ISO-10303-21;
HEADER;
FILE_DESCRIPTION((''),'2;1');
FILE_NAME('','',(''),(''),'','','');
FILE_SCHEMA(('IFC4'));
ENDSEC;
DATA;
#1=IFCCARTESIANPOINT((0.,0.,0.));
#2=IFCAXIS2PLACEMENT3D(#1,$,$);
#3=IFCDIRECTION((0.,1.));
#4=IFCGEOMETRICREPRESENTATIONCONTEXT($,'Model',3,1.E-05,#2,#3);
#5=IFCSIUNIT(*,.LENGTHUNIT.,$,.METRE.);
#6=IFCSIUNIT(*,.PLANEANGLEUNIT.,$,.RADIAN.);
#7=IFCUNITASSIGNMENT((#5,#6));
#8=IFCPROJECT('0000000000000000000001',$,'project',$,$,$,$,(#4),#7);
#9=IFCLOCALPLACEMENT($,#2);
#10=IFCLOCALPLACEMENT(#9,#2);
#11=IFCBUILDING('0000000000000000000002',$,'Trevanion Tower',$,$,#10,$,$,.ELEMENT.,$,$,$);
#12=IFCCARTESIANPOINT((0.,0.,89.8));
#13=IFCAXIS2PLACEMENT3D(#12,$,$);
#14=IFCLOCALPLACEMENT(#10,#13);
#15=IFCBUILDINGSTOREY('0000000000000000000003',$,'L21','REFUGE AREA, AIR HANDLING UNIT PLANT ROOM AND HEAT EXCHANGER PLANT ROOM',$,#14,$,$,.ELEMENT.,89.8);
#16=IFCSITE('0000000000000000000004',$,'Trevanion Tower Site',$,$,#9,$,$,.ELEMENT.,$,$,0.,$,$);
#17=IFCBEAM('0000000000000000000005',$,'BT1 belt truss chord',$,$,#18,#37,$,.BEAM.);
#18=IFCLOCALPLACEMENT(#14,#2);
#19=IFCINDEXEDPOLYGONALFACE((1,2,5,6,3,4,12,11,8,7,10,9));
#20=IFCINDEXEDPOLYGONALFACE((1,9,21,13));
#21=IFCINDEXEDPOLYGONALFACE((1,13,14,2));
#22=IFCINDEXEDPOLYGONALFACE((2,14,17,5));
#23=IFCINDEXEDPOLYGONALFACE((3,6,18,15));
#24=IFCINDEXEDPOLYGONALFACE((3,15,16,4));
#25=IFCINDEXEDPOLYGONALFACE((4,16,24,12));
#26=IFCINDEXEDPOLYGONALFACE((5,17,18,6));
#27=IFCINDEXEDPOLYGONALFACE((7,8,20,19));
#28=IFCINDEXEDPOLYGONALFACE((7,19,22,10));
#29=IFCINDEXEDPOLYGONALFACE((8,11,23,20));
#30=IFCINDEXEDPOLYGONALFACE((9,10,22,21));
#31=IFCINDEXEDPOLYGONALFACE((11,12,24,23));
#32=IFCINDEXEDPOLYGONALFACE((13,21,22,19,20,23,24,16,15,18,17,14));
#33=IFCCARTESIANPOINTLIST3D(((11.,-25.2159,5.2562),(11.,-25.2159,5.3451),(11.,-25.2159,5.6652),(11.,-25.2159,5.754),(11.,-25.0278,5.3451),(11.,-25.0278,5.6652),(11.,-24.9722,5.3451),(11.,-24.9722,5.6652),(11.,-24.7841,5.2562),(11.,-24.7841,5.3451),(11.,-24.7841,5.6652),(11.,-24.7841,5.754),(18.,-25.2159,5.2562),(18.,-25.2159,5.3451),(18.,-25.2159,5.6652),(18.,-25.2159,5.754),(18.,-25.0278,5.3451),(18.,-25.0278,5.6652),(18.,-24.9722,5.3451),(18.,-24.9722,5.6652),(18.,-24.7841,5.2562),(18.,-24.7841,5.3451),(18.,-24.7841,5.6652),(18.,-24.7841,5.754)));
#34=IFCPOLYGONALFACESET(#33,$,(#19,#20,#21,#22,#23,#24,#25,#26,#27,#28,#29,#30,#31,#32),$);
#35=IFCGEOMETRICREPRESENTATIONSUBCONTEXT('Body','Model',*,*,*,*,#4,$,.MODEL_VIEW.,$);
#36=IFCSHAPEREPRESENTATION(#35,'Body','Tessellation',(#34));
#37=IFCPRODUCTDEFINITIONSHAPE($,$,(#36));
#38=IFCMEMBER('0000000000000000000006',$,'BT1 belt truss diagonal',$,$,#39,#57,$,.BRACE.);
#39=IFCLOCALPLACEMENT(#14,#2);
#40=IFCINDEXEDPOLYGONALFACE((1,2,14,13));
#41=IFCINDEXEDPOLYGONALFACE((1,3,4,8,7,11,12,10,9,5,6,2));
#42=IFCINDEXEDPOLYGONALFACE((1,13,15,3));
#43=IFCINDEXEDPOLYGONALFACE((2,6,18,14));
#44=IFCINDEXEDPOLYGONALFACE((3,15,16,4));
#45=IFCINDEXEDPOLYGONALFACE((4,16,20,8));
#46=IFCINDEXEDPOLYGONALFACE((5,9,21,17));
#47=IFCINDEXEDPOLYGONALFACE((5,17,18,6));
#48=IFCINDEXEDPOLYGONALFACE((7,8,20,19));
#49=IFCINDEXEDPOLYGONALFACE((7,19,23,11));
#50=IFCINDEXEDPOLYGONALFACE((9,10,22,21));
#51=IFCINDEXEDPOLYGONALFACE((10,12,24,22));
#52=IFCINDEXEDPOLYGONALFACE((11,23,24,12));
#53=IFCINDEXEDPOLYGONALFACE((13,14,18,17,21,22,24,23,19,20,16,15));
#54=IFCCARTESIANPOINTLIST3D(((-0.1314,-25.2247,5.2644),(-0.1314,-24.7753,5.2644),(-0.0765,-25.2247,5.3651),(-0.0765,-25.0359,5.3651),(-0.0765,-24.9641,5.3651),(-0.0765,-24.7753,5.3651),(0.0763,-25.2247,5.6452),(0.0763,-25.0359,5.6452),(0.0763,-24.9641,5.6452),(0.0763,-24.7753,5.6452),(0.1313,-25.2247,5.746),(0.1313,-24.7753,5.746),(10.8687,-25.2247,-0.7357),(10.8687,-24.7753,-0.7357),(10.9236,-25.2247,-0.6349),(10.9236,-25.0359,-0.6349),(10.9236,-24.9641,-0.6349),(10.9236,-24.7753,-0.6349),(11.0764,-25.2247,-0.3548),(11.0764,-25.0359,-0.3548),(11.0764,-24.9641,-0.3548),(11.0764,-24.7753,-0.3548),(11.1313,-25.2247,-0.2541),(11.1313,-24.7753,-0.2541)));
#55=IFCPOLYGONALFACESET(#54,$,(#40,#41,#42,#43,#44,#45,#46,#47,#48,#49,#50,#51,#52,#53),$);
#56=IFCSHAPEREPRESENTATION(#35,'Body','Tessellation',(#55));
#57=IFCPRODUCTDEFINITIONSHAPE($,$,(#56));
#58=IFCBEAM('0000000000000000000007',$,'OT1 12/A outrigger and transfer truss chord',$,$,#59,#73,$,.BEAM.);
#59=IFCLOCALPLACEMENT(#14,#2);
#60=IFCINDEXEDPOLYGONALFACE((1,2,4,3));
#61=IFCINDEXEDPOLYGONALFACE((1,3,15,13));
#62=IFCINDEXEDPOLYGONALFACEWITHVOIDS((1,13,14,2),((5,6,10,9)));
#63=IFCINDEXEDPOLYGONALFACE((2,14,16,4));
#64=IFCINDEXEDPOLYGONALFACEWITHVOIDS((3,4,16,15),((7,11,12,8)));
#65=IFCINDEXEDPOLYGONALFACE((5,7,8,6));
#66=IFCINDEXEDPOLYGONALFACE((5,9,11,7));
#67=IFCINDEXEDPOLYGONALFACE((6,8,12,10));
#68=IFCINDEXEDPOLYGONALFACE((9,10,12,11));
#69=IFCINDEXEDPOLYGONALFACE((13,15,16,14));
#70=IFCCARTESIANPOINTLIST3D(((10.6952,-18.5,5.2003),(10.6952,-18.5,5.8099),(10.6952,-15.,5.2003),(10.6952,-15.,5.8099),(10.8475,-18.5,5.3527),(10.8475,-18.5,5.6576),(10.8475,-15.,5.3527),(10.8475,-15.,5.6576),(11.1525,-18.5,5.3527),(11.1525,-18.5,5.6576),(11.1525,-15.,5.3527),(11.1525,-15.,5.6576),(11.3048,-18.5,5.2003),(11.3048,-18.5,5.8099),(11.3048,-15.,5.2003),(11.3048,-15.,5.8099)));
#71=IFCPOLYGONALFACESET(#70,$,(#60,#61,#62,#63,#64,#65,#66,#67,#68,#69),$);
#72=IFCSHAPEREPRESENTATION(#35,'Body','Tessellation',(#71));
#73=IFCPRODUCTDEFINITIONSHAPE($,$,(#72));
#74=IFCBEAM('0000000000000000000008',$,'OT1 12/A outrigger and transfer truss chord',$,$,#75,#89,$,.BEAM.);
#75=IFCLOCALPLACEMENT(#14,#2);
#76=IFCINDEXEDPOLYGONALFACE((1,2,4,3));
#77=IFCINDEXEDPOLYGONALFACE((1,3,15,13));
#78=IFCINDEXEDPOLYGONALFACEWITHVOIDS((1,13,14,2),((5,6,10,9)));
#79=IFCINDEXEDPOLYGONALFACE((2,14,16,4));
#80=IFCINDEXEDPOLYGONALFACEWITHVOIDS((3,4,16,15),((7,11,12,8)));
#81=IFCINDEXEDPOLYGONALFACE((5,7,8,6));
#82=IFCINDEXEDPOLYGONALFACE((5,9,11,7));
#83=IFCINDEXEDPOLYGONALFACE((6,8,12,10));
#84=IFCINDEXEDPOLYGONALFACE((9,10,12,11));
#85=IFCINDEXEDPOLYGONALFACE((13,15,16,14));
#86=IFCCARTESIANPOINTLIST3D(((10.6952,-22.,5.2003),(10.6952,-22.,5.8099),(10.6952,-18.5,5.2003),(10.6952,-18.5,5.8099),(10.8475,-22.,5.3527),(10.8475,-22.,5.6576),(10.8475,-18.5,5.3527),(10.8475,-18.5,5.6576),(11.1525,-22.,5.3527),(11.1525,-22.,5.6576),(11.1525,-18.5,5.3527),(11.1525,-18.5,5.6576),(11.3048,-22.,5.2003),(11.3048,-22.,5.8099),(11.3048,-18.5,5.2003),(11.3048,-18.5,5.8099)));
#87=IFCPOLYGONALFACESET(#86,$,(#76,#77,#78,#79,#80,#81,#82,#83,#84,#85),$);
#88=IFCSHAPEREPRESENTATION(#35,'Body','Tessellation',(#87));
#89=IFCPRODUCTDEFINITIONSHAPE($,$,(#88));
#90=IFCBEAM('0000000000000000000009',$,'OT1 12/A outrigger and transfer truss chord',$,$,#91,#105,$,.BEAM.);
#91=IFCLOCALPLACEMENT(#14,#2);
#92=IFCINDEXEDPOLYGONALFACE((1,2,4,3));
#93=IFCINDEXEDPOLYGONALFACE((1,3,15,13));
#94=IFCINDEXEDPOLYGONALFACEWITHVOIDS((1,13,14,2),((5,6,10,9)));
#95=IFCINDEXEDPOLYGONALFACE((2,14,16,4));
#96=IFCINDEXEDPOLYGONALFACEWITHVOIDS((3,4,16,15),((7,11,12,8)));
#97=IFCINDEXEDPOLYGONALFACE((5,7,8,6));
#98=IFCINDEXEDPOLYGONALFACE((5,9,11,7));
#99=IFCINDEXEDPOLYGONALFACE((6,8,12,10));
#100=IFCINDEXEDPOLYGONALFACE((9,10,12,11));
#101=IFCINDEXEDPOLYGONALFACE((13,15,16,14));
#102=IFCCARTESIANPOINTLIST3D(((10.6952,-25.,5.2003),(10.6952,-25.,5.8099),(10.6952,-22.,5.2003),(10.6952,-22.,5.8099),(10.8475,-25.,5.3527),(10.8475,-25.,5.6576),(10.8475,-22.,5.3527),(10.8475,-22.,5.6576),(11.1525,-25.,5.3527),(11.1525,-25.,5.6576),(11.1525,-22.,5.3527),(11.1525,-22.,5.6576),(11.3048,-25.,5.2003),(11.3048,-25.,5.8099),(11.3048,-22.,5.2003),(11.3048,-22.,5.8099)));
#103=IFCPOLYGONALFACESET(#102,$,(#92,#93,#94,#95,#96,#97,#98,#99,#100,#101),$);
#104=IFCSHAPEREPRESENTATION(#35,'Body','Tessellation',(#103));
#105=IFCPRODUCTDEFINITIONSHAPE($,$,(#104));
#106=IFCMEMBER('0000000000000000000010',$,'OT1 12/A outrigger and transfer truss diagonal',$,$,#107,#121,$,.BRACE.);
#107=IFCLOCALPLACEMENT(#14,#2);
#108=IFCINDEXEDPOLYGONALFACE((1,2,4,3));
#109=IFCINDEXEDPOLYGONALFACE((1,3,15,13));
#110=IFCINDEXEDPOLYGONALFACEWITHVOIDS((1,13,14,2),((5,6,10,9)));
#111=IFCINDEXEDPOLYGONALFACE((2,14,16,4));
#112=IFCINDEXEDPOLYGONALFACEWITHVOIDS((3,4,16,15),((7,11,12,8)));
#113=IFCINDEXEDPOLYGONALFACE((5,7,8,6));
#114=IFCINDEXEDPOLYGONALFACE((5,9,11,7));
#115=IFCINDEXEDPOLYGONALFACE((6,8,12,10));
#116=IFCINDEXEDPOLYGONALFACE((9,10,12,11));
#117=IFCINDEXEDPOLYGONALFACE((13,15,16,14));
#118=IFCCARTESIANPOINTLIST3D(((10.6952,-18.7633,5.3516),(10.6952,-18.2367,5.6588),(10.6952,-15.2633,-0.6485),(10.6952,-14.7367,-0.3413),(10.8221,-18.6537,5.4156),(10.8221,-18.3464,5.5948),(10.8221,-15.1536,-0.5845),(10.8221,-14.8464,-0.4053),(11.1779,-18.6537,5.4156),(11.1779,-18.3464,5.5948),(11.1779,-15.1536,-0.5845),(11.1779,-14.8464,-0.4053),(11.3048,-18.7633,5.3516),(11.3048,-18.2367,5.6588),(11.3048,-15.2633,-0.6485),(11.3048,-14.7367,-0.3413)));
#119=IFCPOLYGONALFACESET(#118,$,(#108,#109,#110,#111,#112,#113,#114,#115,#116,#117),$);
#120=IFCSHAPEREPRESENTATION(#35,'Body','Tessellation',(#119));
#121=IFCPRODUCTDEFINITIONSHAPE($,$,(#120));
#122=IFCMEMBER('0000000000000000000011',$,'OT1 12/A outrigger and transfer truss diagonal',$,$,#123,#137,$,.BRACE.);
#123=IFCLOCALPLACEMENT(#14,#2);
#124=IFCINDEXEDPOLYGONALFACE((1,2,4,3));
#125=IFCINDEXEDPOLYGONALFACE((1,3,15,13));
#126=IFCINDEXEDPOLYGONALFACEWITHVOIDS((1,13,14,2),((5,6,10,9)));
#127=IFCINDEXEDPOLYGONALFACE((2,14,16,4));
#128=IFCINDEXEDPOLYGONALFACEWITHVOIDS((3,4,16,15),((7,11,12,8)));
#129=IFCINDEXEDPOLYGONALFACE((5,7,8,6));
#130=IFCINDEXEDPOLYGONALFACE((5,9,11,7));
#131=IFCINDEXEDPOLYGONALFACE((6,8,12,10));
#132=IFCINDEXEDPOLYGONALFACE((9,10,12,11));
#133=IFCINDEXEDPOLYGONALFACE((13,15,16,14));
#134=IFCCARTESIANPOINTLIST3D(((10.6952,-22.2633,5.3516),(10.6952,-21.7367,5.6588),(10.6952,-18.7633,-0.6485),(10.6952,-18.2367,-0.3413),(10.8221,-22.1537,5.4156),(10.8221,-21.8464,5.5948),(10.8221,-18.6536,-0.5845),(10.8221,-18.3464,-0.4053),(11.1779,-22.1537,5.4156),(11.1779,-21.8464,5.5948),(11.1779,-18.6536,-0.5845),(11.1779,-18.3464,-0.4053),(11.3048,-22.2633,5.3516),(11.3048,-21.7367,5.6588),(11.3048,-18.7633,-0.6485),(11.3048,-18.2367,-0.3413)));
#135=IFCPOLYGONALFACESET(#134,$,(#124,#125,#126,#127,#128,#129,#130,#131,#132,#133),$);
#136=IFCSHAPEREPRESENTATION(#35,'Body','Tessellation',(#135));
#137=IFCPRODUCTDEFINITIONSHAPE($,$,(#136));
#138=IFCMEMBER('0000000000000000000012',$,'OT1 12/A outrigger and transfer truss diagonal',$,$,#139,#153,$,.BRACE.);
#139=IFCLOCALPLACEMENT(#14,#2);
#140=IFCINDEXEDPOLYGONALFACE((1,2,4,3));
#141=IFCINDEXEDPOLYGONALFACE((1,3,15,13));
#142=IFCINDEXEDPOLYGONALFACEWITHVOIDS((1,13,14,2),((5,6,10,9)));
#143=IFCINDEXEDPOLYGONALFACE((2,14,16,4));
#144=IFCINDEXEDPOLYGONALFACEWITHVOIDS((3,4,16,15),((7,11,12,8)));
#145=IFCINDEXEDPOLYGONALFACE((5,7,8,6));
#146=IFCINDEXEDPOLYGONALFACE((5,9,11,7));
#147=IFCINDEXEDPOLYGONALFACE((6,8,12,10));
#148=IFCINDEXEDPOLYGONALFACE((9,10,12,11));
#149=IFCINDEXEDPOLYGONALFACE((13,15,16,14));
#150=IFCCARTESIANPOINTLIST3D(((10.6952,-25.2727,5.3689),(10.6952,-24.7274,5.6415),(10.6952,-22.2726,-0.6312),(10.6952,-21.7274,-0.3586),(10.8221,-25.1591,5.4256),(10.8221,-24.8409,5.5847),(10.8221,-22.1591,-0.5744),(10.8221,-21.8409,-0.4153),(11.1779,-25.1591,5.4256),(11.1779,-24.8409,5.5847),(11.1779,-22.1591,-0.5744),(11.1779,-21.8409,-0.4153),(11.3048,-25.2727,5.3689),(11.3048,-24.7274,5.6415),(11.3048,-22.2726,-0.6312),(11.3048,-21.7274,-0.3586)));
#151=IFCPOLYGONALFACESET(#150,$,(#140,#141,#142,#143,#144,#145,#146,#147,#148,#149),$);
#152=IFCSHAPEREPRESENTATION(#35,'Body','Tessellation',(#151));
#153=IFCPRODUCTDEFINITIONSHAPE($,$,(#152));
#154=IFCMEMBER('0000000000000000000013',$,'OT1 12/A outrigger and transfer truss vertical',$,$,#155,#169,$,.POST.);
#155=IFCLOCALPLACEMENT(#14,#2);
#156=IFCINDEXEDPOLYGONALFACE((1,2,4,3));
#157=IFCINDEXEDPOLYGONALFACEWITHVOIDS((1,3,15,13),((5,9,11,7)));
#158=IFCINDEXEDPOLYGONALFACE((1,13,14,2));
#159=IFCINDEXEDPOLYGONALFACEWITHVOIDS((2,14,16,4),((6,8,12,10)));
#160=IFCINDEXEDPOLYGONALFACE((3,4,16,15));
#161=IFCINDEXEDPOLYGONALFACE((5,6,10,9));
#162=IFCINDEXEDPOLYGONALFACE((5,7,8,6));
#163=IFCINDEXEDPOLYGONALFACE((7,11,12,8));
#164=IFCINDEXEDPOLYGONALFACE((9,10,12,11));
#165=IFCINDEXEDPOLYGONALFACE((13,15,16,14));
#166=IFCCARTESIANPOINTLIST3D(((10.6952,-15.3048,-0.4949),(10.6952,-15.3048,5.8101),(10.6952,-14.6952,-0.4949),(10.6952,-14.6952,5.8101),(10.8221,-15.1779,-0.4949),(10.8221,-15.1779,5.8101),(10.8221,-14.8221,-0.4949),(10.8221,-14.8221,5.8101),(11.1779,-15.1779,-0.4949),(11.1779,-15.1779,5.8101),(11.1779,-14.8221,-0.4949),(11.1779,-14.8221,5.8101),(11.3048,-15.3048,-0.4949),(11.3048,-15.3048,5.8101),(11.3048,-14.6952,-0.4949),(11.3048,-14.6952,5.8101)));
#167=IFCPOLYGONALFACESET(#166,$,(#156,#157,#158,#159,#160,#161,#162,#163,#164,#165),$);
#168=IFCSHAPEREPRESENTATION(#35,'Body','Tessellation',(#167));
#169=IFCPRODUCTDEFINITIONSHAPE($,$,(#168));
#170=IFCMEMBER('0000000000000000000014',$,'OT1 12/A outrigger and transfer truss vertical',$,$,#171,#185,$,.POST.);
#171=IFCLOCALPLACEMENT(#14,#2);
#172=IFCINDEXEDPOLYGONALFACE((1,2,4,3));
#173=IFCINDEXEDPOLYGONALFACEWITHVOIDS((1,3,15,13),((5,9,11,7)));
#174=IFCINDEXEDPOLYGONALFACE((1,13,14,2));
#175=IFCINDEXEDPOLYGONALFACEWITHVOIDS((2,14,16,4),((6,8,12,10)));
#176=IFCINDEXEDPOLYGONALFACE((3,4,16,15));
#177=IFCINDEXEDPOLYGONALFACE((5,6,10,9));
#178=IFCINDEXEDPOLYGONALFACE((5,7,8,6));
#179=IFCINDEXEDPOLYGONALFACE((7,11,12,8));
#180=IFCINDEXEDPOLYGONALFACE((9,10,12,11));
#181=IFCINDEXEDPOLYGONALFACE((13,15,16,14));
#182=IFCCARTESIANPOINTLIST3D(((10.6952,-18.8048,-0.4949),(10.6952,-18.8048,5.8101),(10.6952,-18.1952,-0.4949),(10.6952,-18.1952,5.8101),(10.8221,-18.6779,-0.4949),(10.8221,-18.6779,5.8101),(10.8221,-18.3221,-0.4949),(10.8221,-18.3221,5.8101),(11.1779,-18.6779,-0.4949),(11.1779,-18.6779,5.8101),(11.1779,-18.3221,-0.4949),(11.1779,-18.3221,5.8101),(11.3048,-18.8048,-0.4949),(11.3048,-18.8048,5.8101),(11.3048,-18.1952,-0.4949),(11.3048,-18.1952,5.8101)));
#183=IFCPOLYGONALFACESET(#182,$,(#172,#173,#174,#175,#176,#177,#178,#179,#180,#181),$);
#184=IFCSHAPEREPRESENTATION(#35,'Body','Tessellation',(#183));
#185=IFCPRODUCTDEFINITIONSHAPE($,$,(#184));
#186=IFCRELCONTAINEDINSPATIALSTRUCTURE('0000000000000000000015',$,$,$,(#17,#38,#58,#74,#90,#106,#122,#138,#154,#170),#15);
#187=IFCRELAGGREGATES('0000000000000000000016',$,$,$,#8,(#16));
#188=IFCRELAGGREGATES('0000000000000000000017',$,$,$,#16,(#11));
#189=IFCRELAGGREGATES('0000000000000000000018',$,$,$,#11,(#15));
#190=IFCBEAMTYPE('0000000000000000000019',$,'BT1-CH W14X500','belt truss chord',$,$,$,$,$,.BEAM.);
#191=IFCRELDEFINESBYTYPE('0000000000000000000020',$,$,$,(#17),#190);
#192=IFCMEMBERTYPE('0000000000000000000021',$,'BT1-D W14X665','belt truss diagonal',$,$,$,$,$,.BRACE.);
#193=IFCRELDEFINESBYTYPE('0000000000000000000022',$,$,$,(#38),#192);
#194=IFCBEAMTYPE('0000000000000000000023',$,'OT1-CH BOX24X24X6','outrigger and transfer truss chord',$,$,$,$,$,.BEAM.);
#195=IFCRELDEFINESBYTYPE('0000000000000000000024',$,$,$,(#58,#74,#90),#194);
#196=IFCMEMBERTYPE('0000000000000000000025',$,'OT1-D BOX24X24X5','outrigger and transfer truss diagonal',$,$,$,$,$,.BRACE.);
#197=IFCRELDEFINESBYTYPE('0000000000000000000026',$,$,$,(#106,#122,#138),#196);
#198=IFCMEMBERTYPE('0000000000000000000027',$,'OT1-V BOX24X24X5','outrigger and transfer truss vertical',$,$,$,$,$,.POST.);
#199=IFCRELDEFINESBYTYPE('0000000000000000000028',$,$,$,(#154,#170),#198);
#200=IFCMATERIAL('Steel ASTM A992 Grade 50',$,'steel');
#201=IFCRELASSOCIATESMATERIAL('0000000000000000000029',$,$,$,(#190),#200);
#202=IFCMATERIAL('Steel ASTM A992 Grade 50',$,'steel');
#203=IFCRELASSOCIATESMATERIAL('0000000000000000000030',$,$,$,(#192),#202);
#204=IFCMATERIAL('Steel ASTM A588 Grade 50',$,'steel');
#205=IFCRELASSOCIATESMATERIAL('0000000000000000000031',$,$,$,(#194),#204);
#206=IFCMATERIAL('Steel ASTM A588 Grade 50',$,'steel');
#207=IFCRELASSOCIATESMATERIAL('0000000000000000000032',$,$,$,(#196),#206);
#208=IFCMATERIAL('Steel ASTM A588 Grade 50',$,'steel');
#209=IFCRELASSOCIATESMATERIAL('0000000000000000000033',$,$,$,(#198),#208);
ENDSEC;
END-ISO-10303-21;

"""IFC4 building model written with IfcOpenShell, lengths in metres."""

from ifc_helpers import new_model, si_unit, direction, frame, origin, origin_2d, place, context, subcontext, project, spatial, hollow_rectangle, i_section, extrude, material, material_profile, profile_set, type_object, element, save


model = new_model("IFC4")

# Units and contexts
model_context = context("Model", 3, precision=1e-05, world=origin(), true_north=direction((0.0, 1.0)))
body_context = subcontext(model_context, "Body", "Model", "MODEL_VIEW")
ifc_project = project(units=[si_unit("LENGTHUNIT", "METRE"), si_unit("PLANEANGLEUNIT", "RADIAN")], contexts=[model_context])

# Site, building, storey
site_placement = place(None, origin())
site = spatial("IfcSite", under=ifc_project, at=site_placement, Name="Trevanion Tower Site", CompositionType="ELEMENT", RefElevation=0.0)
building_placement = place(site_placement, origin())
building = spatial("IfcBuilding", under=site, at=building_placement, Name="Trevanion Tower", CompositionType="ELEMENT")
storey_placement = place(building_placement, frame((0.0, 0.0, 89.8)))
storey = spatial("IfcBuildingStorey", under=building, at=storey_placement, Name="L21", Description="REFUGE AREA, AIR HANDLING UNIT PLANT ROOM AND HEAT EXCHANGER PLANT ROOM", CompositionType="ELEMENT", Elevation=89.8)

# Beam
ifc_material_1 = material(Name="Steel ASTM A992 Grade 50", Category="steel")
ifc_material_profile_1 = material_profile(ifc_material_1, i_section(OverallWidth=0.4319, OverallDepth=0.4978, WebThickness=0.0557, FlangeThickness=0.0889, at=origin_2d()), Name="W14X500")
ifc_profile_set_1 = profile_set([ifc_material_profile_1], Name="Steel ASTM A992 Grade 50")
beam_type_1 = type_object("IfcBeamType", Name="BT1-CH W14X500", Description="belt truss chord", PredefinedType="BEAM", material=ifc_profile_set_1)
for number, where, z_axis, x_axis, name in (
    (1, (11.0, -25.0, 5.5051), (1.0, 0.0, 0.0), (0.0, 1.0, 0.0), "BT1 belt truss chord"),
):
    element("IfcBeam", number, at=place(storey_placement, frame(where, z_axis=z_axis, x_axis=x_axis)), inside=storey, type_object=beam_type_1, Name=name, PredefinedType="BEAM", context=body_context, shape_type="SweptSolid", body=[
        extrude(i_section(OverallWidth=0.4319, OverallDepth=0.4978, WebThickness=0.0557, FlangeThickness=0.0889, at=origin_2d()), origin(), (0.0, 0.0, 1.0), 7.0),
    ])

# Member
ifc_material_2 = material(Name="Steel ASTM A992 Grade 50", Category="steel")
ifc_material_profile_2 = material_profile(ifc_material_2, i_section(OverallWidth=0.4495, OverallDepth=0.5486, WebThickness=0.0718, FlangeThickness=0.1147, at=origin_2d()), Name="W14X665")
ifc_profile_set_2 = profile_set([ifc_material_profile_2], Name="Steel ASTM A992 Grade 50")
member_type_1 = type_object("IfcMemberType", Name="BT1-D W14X665", Description="belt truss diagonal", PredefinedType="BRACE", material=ifc_profile_set_2)
member_1_placement = place(storey_placement, frame((11.0, -25.0, -0.4949), z_axis=(-0.877896, 0.0, 0.478852), x_axis=(0.0, -1.0, 0.0)))
element("IfcMember", 2, at=member_1_placement, inside=storey, type_object=member_type_1, Name="BT1 belt truss diagonal", PredefinedType="BRACE", context=body_context, shape_type="SweptSolid", body=[
    extrude(i_section(OverallWidth=0.4495, OverallDepth=0.5486, WebThickness=0.0718, FlangeThickness=0.1147, at=origin_2d()), origin(), (0.0, 0.0, 1.0), 12.53),
])

# Beams
ifc_material_3 = material(Name="Steel ASTM A588 Grade 50", Category="steel")
ifc_material_profile_3 = material_profile(ifc_material_3, hollow_rectangle(XDim=0.6096, YDim=0.6096, WallThickness=0.1523, at=origin_2d()), Name="BOX24X24X6")
ifc_profile_set_3 = profile_set([ifc_material_profile_3], Name="Steel ASTM A588 Grade 50")
beam_type_2 = type_object("IfcBeamType", Name="OT1-CH BOX24X24X6", Description="outrigger and transfer truss chord", PredefinedType="BEAM", material=ifc_profile_set_3)
for number, where, z_axis, x_axis, name in (
    (3, (11.0, -15.0, 5.5051), (0.0, -1.0, 0.0), (1.0, 0.0, 0.0), "OT1 12/A outrigger and transfer truss chord"),
    (4, (11.0, -18.5, 5.5051), (0.0, -1.0, 0.0), (1.0, 0.0, 0.0), "OT1 12/A outrigger and transfer truss chord"),
):
    element("IfcBeam", number, at=place(storey_placement, frame(where, z_axis=z_axis, x_axis=x_axis)), inside=storey, type_object=beam_type_2, Name=name, PredefinedType="BEAM", context=body_context, shape_type="SweptSolid", body=[
        extrude(hollow_rectangle(XDim=0.6096, YDim=0.6096, WallThickness=0.1523, at=origin_2d()), origin(), (0.0, 0.0, 1.0), 3.5),
    ])
beam_placement = place(storey_placement, frame((11.0, -22.0, 5.5051), z_axis=(0.0, -1.0, 0.0), x_axis=(1.0, 0.0, 0.0)))
element("IfcBeam", 5, at=beam_placement, inside=storey, type_object=beam_type_2, Name="OT1 12/A outrigger and transfer truss chord", PredefinedType="BEAM", context=body_context, shape_type="SweptSolid", body=[
    extrude(hollow_rectangle(XDim=0.6096, YDim=0.6096, WallThickness=0.1523, at=origin_2d()), origin(), (0.0, 0.0, 1.0), 3.0),
])

# Members
ifc_material_4 = material(Name="Steel ASTM A588 Grade 50", Category="steel")
ifc_material_profile_4 = material_profile(ifc_material_4, hollow_rectangle(XDim=0.6096, YDim=0.6096, WallThickness=0.127, at=origin_2d()), Name="BOX24X24X5")
ifc_profile_set_4 = profile_set([ifc_material_profile_4], Name="Steel ASTM A588 Grade 50")
member_type_2 = type_object("IfcMemberType", Name="OT1-D BOX24X24X5", Description="outrigger and transfer truss diagonal", PredefinedType="BRACE", material=ifc_profile_set_4)
for number, where, z_axis, x_axis, name in (
    (6, (11.0, -15.0, -0.4949), (0.0, -0.503871, 0.863779), (1.0, 0.0, 0.0), "OT1 12/A outrigger and transfer truss diagonal"),
    (7, (11.0, -18.5, -0.4949), (0.0, -0.503871, 0.863779), (1.0, 0.0, 0.0), "OT1 12/A outrigger and transfer truss diagonal"),
):
    element("IfcMember", number, at=place(storey_placement, frame(where, z_axis=z_axis, x_axis=x_axis)), inside=storey, type_object=member_type_2, Name=name, PredefinedType="BRACE", context=body_context, shape_type="SweptSolid", body=[
        extrude(hollow_rectangle(XDim=0.6096, YDim=0.6096, WallThickness=0.127, at=origin_2d()), origin(), (0.0, 0.0, 1.0), 6.9463),
    ])
member_2_placement = place(storey_placement, frame((11.0, -22.0, -0.4949), z_axis=(0.0, -0.447214, 0.894427), x_axis=(1.0, 0.0, 0.0)))
element("IfcMember", 8, at=member_2_placement, inside=storey, type_object=member_type_2, Name="OT1 12/A outrigger and transfer truss diagonal", PredefinedType="BRACE", context=body_context, shape_type="SweptSolid", body=[
    extrude(hollow_rectangle(XDim=0.6096, YDim=0.6096, WallThickness=0.127, at=origin_2d()), origin(), (0.0, 0.0, 1.0), 6.7083),
])
ifc_material_5 = material(Name="Steel ASTM A588 Grade 50", Category="steel")
ifc_material_profile_5 = material_profile(ifc_material_5, hollow_rectangle(XDim=0.6096, YDim=0.6096, WallThickness=0.127, at=origin_2d()), Name="BOX24X24X5")
ifc_profile_set_5 = profile_set([ifc_material_profile_5], Name="Steel ASTM A588 Grade 50")
member_type_3 = type_object("IfcMemberType", Name="OT1-V BOX24X24X5", Description="outrigger and transfer truss vertical", PredefinedType="POST", material=ifc_profile_set_5)
for number, where, z_axis, x_axis, name in (
    (9, (11.0, -15.0, -0.4949), (0.0, 0.0, 1.0), (1.0, 0.0, 0.0), "OT1 12/A outrigger and transfer truss vertical"),
    (10, (11.0, -18.5, -0.4949), (0.0, 0.0, 1.0), (1.0, 0.0, 0.0), "OT1 12/A outrigger and transfer truss vertical"),
):
    element("IfcMember", number, at=place(storey_placement, frame(where, z_axis=z_axis, x_axis=x_axis)), inside=storey, type_object=member_type_3, Name=name, PredefinedType="POST", context=body_context, shape_type="SweptSolid", body=[
        extrude(hollow_rectangle(XDim=0.6096, YDim=0.6096, WallThickness=0.127, at=origin_2d()), origin(), (0.0, 0.0, 1.0), 6.3049),
    ])

save(model, "model.ifc")
